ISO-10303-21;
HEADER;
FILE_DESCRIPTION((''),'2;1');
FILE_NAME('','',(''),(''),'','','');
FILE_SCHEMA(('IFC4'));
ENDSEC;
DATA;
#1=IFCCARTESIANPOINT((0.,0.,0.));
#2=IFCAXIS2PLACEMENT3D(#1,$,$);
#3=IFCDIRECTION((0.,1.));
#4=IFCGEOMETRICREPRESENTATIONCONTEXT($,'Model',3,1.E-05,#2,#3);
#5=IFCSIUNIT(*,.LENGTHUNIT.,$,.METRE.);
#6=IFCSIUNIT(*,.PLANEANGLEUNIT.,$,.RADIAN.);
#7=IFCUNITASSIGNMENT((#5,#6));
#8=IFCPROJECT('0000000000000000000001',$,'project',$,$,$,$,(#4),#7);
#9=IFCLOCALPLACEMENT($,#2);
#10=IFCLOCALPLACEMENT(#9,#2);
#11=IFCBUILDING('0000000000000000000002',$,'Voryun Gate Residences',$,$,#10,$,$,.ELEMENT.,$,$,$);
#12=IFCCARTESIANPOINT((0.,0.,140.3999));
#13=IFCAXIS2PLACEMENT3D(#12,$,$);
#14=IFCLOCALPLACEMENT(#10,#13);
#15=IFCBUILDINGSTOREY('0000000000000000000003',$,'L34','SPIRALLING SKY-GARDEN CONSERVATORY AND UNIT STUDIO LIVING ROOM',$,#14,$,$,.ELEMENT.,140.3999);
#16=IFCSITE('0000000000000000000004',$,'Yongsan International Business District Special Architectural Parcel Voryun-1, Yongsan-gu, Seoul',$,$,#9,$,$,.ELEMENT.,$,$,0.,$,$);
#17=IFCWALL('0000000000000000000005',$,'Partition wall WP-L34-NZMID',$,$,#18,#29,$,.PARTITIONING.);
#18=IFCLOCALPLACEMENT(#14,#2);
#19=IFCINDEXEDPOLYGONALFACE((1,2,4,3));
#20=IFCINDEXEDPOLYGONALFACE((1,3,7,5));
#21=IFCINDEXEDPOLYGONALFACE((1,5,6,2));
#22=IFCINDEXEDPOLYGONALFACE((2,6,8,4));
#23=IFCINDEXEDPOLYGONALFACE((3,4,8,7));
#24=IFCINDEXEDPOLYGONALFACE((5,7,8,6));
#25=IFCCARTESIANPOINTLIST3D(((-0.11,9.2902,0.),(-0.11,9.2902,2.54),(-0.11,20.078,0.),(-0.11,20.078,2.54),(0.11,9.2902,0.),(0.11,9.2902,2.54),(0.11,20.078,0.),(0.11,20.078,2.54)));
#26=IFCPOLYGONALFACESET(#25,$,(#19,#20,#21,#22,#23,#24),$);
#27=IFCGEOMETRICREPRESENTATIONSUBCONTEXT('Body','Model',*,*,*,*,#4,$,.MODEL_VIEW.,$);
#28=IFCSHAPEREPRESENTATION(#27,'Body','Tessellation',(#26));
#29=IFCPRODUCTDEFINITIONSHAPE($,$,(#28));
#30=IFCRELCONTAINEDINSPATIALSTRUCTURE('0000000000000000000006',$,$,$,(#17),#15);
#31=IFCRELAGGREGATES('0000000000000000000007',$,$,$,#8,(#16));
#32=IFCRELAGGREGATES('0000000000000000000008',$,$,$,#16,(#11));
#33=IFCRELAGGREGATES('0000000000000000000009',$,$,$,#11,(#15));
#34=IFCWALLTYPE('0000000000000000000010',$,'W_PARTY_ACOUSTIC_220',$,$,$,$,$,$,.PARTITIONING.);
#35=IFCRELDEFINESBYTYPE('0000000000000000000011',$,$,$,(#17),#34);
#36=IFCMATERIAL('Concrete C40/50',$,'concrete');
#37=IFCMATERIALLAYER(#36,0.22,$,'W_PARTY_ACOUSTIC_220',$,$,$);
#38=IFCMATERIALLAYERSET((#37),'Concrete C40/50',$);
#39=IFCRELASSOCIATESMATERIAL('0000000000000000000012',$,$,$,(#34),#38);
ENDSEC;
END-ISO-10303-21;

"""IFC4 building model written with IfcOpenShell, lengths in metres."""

from ifc_helpers import new_model, si_unit, direction, frame, frame_2d, origin, place, context, subcontext, project, spatial, rectangle, extrude, material, layer, layer_set, type_object, element, save


model = new_model("IFC4")

# Units and contexts
model_context = context("Model", 3, precision=1e-05, world=origin(), true_north=direction((0.0, 1.0)))
body_context = subcontext(model_context, "Body", "Model", "MODEL_VIEW")
ifc_project = project(units=[si_unit("LENGTHUNIT", "METRE"), si_unit("PLANEANGLEUNIT", "RADIAN")], contexts=[model_context])

# Site, building, storey
site_placement = place(None, origin())
site = spatial("IfcSite", under=ifc_project, at=site_placement, Name="Yongsan International Business District Special Architectural Parcel Voryun-1, Yongsan-gu, Seoul", CompositionType="ELEMENT", RefElevation=0.0)
building_placement = place(site_placement, origin())
building = spatial("IfcBuilding", under=site, at=building_placement, Name="Voryun Gate Residences", CompositionType="ELEMENT")
storey_placement = place(building_placement, frame((0.0, 0.0, 140.3999)))
storey = spatial("IfcBuildingStorey", under=building, at=storey_placement, Name="L34", Description="SPIRALLING SKY-GARDEN CONSERVATORY AND UNIT STUDIO LIVING ROOM", CompositionType="ELEMENT", Elevation=140.3999)

# Wall
ifc_material_1 = material(Name="Concrete C40/50", Category="concrete")
ifc_layer_1 = layer(ifc_material_1, 0.22, Name="W_PARTY_ACOUSTIC_220")
ifc_layer_set_1 = layer_set([ifc_layer_1], Name="Concrete C40/50")
wall_type_1 = type_object("IfcWallType", Name="W_PARTY_ACOUSTIC_220", PredefinedType="PARTITIONING", material=ifc_layer_set_1)
wall_1_placement = place(storey_placement, frame((0.0, 9.29, 0.0), z_axis=(0.0, 0.0, 1.0), x_axis=(0.0, 1.0, 0.0)))
element("IfcWall", 1, at=wall_1_placement, inside=storey, type_object=wall_type_1, Name="Partition wall WP-L34-NZMID", PredefinedType="PARTITIONING", context=body_context, shape_type="SweptSolid", body=[
    extrude(rectangle(XDim=10.7878, YDim=0.22, at=frame_2d((5.394, 0.0))), origin(), (0.0, 0.0, 1.0), 2.54),
])

save(model, "model.ifc")
